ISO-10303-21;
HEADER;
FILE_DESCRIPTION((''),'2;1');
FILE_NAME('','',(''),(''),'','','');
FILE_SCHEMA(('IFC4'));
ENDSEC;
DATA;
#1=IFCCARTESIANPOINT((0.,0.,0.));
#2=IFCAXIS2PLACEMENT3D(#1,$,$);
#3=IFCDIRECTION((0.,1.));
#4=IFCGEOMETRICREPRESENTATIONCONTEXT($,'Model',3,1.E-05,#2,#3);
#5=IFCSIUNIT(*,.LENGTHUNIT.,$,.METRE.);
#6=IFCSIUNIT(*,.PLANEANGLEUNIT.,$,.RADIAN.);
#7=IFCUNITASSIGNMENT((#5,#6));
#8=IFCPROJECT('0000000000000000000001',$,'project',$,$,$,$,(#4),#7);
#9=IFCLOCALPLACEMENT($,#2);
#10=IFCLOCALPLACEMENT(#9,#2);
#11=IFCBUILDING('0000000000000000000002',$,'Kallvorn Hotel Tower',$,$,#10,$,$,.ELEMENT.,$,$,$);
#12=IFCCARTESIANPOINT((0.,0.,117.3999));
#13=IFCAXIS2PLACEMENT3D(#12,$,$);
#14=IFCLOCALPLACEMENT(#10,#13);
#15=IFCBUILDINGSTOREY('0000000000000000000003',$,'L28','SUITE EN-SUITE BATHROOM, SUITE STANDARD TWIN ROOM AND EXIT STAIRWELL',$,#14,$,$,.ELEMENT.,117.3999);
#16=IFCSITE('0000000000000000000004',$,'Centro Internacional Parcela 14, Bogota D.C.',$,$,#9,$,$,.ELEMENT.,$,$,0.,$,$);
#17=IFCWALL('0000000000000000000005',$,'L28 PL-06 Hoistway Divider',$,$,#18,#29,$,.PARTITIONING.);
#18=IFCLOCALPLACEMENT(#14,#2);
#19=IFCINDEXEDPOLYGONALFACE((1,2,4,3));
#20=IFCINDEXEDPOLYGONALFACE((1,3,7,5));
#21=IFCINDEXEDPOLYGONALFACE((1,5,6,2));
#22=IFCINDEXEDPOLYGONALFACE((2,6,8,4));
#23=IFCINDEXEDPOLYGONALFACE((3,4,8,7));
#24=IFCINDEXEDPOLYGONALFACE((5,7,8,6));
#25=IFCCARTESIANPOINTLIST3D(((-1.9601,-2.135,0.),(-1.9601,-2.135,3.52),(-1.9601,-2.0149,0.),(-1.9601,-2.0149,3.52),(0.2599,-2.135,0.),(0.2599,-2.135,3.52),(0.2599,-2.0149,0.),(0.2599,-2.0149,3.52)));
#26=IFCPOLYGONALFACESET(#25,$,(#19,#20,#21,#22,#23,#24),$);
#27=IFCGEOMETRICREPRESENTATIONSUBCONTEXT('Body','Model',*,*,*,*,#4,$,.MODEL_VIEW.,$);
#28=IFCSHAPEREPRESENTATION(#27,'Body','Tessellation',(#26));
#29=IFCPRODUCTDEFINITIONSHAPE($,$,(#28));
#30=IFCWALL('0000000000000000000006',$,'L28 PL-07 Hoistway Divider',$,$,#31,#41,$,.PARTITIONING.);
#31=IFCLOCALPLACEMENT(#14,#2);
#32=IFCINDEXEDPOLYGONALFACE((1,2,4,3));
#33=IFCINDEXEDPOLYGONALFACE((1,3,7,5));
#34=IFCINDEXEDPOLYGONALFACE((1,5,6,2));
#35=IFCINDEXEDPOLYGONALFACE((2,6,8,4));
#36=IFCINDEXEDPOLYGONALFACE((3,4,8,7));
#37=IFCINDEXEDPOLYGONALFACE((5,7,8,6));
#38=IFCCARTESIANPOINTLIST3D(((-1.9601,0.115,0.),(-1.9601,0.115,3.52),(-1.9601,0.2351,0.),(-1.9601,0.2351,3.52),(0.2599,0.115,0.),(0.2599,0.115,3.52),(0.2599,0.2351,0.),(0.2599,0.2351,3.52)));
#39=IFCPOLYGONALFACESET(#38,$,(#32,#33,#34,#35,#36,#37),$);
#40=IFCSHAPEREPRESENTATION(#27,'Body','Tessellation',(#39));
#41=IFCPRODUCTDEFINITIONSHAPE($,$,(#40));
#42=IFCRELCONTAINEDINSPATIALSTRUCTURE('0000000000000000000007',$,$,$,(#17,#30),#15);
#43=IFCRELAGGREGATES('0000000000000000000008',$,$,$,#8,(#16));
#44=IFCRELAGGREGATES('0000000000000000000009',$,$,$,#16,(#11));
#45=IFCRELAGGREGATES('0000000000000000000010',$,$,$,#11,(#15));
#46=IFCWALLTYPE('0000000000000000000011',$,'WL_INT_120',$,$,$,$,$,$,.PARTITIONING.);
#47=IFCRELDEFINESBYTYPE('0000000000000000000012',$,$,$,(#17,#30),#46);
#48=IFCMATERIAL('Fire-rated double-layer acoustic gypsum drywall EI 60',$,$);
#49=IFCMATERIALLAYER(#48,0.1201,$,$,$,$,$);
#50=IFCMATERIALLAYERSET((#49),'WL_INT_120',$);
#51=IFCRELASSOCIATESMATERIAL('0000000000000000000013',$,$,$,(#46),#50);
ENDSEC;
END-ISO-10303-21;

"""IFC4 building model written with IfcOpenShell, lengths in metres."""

from ifc_helpers import new_model, si_unit, direction, frame, frame_2d, origin, place, context, subcontext, project, spatial, rectangle, extrude, material, layer, layer_set, type_object, element, save


model = new_model("IFC4")

# Units and contexts
model_context = context("Model", 3, precision=1e-05, world=origin(), true_north=direction((0.0, 1.0)))
body_context = subcontext(model_context, "Body", "Model", "MODEL_VIEW")
ifc_project = project(units=[si_unit("LENGTHUNIT", "METRE"), si_unit("PLANEANGLEUNIT", "RADIAN")], contexts=[model_context])

# Site, building, storey
site_placement = place(None, origin())
site = spatial("IfcSite", under=ifc_project, at=site_placement, Name="Centro Internacional Parcela 14, Bogota D.C.", CompositionType="ELEMENT", RefElevation=0.0)
building_placement = place(site_placement, origin())
building = spatial("IfcBuilding", under=site, at=building_placement, Name="Kallvorn Hotel Tower", CompositionType="ELEMENT")
storey_placement = place(building_placement, frame((0.0, 0.0, 117.3999)))
storey = spatial("IfcBuildingStorey", under=building, at=storey_placement, Name="L28", Description="SUITE EN-SUITE BATHROOM, SUITE STANDARD TWIN ROOM AND EXIT STAIRWELL", CompositionType="ELEMENT", Elevation=117.3999)

# Walls
ifc_material_1 = material(Name="Fire-rated double-layer acoustic gypsum drywall EI 60")
ifc_layer_1 = layer(ifc_material_1, 0.1201)
ifc_layer_set_1 = layer_set([ifc_layer_1], Name="WL_INT_120")
wall_type_1 = type_object("IfcWallType", Name="WL_INT_120", PredefinedType="PARTITIONING", material=ifc_layer_set_1)
for number, where, z_axis, x_axis, name in (
    (1, (-1.96, -2.075, 0.0), (0.0, 0.0, 1.0), (1.0, 0.0, 0.0), "L28 PL-06 Hoistway Divider"),
    (2, (-1.96, 0.175, 0.0), (0.0, 0.0, 1.0), (1.0, 0.0, 0.0), "L28 PL-07 Hoistway Divider"),
):
    element("IfcWall", number, at=place(storey_placement, frame(where, z_axis=z_axis, x_axis=x_axis)), inside=storey, type_object=wall_type_1, Name=name, PredefinedType="PARTITIONING", context=body_context, shape_type="SweptSolid", body=[
        extrude(rectangle(XDim=2.22, YDim=0.1201, at=frame_2d((1.1099, 0.0))), origin(), (0.0, 0.0, 1.0), 3.52),
    ])

save(model, "model.ifc")
